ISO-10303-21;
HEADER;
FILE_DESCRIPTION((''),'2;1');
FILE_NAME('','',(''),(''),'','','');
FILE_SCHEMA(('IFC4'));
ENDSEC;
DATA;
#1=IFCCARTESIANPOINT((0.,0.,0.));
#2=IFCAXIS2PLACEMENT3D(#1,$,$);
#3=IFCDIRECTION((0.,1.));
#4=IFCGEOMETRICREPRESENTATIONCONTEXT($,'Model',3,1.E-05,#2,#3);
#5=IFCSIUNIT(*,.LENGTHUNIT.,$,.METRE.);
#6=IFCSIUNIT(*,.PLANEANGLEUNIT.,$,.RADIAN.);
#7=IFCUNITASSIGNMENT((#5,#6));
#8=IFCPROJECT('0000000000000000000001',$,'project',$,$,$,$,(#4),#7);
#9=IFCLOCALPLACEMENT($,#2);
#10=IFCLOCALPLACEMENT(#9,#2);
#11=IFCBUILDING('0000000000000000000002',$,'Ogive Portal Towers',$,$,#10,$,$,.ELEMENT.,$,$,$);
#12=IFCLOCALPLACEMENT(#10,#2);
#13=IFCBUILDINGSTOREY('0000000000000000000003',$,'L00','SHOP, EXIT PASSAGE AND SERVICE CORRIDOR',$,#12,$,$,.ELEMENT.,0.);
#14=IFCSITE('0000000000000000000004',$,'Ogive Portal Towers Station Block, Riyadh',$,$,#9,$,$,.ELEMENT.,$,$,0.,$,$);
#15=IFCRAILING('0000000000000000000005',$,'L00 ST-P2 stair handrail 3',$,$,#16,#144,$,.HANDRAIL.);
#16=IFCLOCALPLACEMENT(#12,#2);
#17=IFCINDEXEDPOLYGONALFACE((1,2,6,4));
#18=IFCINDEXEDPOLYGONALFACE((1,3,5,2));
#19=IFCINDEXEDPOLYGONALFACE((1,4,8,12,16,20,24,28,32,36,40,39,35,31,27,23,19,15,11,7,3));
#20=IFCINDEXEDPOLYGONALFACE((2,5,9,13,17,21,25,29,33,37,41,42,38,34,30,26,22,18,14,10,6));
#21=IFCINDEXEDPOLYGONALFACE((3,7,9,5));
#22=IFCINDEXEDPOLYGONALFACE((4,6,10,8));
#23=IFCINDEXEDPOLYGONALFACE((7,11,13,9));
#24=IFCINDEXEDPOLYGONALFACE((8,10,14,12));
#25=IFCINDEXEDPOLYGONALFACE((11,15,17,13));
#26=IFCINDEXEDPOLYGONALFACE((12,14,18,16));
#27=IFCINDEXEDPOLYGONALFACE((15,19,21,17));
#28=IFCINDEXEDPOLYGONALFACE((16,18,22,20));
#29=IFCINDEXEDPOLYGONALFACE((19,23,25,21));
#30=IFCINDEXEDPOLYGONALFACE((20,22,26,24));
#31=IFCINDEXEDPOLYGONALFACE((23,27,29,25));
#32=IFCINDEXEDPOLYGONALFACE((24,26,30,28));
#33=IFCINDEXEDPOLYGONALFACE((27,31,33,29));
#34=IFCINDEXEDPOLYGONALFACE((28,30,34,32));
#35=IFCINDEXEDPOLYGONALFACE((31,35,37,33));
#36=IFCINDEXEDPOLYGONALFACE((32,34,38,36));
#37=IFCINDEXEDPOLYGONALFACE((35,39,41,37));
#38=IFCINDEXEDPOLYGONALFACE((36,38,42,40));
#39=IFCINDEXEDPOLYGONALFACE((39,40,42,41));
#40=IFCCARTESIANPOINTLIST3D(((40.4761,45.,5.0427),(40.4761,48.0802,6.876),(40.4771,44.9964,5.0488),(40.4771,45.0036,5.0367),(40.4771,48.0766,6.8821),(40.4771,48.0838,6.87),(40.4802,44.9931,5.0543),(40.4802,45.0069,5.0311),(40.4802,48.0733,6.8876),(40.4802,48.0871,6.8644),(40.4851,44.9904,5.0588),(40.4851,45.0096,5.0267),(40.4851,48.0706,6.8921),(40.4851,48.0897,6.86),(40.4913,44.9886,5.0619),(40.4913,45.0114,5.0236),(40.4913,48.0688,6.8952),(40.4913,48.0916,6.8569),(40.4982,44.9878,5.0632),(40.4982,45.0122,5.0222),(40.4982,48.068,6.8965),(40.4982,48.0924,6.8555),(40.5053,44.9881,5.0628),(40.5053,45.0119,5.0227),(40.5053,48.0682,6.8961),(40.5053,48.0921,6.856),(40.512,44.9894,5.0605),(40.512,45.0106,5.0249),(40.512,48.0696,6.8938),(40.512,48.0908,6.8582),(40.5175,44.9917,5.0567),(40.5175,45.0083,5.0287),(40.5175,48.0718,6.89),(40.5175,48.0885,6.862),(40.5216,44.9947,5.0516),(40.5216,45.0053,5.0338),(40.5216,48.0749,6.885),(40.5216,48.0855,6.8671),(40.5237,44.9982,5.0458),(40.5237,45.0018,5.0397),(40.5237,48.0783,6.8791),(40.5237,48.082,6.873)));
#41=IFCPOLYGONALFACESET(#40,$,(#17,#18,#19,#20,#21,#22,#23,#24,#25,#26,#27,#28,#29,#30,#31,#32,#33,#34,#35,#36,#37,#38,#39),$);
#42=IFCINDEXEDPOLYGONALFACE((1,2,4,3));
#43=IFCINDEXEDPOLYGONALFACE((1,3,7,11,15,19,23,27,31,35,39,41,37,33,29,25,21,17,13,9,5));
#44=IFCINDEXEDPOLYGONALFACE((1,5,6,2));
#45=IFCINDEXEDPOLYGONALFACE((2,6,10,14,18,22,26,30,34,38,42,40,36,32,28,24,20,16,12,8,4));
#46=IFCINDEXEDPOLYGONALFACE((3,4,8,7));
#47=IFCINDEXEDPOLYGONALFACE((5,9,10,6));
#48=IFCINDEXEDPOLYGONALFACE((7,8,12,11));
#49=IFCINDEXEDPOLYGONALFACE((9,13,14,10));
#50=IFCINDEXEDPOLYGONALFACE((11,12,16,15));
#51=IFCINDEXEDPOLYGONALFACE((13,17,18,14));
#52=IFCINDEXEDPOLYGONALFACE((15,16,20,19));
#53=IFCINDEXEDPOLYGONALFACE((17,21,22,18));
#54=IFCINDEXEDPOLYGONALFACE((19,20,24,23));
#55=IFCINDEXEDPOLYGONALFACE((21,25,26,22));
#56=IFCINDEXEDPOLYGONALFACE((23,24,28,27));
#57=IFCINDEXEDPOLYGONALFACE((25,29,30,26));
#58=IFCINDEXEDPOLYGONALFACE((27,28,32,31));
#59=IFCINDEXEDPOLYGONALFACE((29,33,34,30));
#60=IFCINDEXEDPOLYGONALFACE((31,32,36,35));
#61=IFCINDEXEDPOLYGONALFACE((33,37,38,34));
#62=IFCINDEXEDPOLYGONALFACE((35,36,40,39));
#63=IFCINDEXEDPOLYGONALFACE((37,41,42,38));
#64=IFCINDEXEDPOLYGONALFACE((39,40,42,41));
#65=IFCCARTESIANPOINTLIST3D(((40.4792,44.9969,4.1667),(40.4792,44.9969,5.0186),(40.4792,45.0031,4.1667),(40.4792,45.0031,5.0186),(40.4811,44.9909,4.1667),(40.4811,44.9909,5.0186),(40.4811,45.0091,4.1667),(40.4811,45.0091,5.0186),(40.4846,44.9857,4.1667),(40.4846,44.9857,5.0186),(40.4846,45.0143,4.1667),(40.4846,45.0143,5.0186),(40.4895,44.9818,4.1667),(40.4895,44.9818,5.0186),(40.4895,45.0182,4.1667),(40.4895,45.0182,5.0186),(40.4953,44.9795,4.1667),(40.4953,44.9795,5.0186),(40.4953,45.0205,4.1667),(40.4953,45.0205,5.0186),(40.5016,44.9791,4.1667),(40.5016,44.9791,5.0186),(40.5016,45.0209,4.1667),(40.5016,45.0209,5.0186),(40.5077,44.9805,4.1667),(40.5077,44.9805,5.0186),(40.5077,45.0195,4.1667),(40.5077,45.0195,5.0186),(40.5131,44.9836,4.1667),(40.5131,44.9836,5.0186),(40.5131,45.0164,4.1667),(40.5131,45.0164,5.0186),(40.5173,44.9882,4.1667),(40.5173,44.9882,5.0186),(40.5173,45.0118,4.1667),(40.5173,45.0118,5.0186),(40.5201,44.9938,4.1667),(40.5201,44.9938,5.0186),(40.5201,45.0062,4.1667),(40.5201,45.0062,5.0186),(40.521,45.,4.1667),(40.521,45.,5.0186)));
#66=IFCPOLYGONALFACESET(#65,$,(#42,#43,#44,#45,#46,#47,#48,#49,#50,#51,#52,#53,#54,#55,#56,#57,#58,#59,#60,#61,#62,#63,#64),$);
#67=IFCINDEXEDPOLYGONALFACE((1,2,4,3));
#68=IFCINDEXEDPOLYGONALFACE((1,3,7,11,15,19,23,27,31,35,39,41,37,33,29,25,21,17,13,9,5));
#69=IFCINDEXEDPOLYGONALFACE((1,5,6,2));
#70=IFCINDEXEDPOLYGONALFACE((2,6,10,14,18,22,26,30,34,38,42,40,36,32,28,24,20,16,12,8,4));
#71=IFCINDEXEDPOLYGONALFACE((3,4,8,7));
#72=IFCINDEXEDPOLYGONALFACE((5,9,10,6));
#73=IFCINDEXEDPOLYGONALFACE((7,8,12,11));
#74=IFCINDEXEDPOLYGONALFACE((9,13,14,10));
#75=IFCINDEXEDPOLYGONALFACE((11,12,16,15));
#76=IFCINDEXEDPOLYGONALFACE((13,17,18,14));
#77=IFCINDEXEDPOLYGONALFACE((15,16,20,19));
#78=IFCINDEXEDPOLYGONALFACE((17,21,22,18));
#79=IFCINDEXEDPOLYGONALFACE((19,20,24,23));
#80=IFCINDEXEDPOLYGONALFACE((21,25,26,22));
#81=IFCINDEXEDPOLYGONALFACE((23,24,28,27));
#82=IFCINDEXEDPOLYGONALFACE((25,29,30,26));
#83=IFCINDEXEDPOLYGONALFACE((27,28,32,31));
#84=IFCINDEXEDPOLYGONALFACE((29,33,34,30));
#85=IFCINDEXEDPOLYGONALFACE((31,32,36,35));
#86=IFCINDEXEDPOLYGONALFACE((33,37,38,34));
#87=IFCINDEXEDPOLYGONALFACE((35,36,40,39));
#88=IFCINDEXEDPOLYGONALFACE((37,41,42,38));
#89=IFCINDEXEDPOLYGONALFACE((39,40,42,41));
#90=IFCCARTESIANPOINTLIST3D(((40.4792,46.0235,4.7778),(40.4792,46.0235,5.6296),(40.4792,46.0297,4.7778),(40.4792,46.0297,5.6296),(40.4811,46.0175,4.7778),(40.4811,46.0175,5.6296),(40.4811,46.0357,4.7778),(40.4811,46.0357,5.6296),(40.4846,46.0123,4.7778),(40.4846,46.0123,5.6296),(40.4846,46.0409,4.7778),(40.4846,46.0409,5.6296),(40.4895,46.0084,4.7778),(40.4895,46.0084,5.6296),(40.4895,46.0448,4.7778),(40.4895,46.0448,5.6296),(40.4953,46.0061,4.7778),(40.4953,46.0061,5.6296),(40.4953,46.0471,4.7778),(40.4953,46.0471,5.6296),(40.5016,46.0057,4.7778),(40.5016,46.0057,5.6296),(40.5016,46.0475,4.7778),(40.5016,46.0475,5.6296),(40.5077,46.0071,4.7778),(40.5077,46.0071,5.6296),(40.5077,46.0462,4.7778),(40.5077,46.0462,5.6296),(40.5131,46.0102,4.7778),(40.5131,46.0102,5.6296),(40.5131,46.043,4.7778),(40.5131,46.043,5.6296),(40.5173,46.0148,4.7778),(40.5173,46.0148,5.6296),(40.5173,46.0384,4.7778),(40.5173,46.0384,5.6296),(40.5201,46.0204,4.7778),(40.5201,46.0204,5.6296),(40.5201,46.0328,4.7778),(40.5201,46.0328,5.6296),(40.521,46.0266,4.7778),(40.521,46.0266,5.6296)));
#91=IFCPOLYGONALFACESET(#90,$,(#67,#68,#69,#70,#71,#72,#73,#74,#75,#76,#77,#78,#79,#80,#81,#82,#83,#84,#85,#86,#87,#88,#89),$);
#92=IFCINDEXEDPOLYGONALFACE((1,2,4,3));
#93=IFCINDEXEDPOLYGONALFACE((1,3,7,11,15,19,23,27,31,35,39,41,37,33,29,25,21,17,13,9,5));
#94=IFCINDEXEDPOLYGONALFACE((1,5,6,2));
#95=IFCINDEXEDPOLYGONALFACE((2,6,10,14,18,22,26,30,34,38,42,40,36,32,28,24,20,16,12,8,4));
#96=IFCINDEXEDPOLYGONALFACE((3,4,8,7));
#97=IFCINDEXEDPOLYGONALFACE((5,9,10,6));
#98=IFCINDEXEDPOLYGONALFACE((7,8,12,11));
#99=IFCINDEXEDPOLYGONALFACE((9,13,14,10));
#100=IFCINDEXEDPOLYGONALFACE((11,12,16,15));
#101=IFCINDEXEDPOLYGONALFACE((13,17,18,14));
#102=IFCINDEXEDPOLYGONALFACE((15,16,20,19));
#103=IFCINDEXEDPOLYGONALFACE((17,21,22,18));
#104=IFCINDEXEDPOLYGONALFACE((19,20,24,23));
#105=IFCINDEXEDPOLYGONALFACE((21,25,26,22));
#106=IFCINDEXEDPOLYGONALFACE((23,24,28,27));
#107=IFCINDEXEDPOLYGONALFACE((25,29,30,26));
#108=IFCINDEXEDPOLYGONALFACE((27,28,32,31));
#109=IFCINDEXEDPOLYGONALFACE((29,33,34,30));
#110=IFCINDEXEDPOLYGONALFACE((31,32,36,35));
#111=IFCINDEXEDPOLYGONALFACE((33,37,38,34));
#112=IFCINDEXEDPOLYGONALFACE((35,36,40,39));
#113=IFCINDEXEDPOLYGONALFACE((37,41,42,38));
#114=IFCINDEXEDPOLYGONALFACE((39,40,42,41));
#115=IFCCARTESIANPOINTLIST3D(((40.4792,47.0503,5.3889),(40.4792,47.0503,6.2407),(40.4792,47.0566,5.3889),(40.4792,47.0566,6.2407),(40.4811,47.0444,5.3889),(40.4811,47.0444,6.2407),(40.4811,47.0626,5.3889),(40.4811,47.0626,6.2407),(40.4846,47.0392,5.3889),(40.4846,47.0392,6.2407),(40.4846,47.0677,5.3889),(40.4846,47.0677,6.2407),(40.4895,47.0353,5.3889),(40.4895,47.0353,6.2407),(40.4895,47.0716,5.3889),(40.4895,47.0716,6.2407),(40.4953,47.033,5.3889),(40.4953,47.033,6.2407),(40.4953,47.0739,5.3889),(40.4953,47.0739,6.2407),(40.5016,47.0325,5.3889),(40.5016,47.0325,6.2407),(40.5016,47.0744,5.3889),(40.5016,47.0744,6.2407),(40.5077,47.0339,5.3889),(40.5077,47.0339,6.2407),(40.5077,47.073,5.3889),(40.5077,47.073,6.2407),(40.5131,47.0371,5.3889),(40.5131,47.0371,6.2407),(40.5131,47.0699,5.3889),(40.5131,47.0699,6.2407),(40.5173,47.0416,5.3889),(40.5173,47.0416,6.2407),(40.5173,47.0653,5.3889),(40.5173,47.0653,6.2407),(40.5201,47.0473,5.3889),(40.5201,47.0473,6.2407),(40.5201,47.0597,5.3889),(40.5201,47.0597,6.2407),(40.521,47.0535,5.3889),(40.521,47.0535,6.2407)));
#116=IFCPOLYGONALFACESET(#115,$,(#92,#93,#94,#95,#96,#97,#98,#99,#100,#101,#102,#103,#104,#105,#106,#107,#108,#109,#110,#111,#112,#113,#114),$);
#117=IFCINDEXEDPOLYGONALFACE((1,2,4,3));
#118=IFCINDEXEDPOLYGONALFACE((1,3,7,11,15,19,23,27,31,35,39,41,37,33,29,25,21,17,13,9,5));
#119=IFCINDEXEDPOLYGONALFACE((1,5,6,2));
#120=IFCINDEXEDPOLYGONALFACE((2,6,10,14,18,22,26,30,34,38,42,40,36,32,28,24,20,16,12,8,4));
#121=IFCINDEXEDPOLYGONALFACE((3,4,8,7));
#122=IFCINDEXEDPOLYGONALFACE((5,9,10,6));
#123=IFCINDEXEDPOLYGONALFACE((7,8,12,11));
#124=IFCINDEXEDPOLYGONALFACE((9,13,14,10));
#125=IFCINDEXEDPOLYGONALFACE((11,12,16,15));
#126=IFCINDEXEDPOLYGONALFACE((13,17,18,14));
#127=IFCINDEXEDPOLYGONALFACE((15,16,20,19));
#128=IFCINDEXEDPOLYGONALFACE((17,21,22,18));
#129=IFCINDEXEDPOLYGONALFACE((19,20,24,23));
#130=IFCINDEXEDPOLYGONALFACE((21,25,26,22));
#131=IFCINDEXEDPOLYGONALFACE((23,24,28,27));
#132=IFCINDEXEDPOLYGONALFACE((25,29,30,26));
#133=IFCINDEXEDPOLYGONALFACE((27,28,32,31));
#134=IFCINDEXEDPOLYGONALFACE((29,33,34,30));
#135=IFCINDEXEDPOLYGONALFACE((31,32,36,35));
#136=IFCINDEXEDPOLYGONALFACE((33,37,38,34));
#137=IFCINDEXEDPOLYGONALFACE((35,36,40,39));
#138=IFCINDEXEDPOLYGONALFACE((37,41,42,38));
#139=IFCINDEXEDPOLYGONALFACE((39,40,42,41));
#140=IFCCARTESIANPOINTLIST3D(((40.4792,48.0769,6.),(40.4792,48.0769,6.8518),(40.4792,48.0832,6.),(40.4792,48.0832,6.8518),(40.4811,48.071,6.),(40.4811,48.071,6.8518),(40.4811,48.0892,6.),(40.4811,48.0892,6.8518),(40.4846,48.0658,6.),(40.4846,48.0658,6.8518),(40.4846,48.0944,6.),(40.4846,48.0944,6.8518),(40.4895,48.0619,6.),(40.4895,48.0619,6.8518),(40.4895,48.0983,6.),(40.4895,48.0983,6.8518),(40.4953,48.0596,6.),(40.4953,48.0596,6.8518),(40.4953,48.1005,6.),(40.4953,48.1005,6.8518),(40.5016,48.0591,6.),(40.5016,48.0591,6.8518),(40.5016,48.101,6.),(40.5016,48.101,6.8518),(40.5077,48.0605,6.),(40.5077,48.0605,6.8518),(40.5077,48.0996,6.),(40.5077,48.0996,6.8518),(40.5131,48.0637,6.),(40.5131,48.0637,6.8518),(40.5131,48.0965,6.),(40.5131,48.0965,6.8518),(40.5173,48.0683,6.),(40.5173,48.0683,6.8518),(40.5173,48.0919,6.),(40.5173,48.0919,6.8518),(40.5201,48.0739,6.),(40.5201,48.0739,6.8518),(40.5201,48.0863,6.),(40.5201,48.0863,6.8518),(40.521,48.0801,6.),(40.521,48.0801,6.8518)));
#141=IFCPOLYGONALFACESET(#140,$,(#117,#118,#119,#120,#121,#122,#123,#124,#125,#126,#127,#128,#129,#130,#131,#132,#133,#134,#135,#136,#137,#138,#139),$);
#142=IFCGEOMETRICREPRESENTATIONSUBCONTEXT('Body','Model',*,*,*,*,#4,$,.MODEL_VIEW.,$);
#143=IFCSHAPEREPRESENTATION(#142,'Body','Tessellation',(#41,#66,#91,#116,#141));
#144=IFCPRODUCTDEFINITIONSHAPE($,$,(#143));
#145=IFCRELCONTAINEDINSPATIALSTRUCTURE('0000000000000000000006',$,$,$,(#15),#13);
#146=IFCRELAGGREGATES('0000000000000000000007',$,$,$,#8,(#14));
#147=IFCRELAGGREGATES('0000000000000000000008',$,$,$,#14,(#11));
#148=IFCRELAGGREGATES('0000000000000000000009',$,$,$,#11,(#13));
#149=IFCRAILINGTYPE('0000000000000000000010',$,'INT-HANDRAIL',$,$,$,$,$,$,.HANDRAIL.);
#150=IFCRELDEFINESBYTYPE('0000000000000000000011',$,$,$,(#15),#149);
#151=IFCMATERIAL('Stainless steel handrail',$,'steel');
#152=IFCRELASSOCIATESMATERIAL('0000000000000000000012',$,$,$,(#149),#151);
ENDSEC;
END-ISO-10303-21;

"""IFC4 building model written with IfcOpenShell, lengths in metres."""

from ifc_helpers import new_model, si_unit, direction, frame, origin, origin_2d, place, context, subcontext, project, spatial, circle, extrude, material, type_object, element, save


model = new_model("IFC4")

# Units and contexts
model_context = context("Model", 3, precision=1e-05, world=origin(), true_north=direction((0.0, 1.0)))
body_context = subcontext(model_context, "Body", "Model", "MODEL_VIEW")
ifc_project = project(units=[si_unit("LENGTHUNIT", "METRE"), si_unit("PLANEANGLEUNIT", "RADIAN")], contexts=[model_context])

# Site, building, storey
site_placement = place(None, origin())
site = spatial("IfcSite", under=ifc_project, at=site_placement, Name="Ogive Portal Towers Station Block, Riyadh", CompositionType="ELEMENT", RefElevation=0.0)
building_placement = place(site_placement, origin())
building = spatial("IfcBuilding", under=site, at=building_placement, Name="Ogive Portal Towers", CompositionType="ELEMENT")
storey_placement = place(building_placement, origin())
storey = spatial("IfcBuildingStorey", under=building, at=storey_placement, Name="L00", Description="SHOP, EXIT PASSAGE AND SERVICE CORRIDOR", CompositionType="ELEMENT", Elevation=0.0)

# Railing
ifc_material_1 = material(Name="Stainless steel handrail", Category="steel")
railing_type_1 = type_object("IfcRailingType", Name="INT-HANDRAIL", PredefinedType="HANDRAIL", material=ifc_material_1)
railing_1_placement = place(storey_placement, frame((40.5, 45.0, 4.1667)))
element("IfcRailing", 1, at=railing_1_placement, inside=storey, type_object=railing_type_1, Name="L00 ST-P2 stair handrail 3", PredefinedType="HANDRAIL", context=body_context, shape_type="SweptSolid", body=[
    extrude(circle(Radius=0.0239, at=origin_2d()), frame((0.0, 0.0, 0.876), z_axis=(0.0, 0.859309, 0.511458), x_axis=(-1.0, 0.0, 0.0)), (0.0, 0.0, 1.0), 3.5845),
    extrude(circle(Radius=0.021, at=origin_2d()), origin(), (0.0, 0.0, 1.0), 0.8518),
    extrude(circle(Radius=0.021, at=origin_2d()), frame((0.0, 1.0266, 0.6111)), (0.0, 0.0, 1.0), 0.8518),
    extrude(circle(Radius=0.021, at=origin_2d()), frame((0.0, 2.0535, 1.2222)), (0.0, 0.0, 1.0), 0.8518),
    extrude(circle(Radius=0.021, at=origin_2d()), frame((0.0, 3.0801, 1.8333)), (0.0, 0.0, 1.0), 0.8518),
])

save(model, "model.ifc")
